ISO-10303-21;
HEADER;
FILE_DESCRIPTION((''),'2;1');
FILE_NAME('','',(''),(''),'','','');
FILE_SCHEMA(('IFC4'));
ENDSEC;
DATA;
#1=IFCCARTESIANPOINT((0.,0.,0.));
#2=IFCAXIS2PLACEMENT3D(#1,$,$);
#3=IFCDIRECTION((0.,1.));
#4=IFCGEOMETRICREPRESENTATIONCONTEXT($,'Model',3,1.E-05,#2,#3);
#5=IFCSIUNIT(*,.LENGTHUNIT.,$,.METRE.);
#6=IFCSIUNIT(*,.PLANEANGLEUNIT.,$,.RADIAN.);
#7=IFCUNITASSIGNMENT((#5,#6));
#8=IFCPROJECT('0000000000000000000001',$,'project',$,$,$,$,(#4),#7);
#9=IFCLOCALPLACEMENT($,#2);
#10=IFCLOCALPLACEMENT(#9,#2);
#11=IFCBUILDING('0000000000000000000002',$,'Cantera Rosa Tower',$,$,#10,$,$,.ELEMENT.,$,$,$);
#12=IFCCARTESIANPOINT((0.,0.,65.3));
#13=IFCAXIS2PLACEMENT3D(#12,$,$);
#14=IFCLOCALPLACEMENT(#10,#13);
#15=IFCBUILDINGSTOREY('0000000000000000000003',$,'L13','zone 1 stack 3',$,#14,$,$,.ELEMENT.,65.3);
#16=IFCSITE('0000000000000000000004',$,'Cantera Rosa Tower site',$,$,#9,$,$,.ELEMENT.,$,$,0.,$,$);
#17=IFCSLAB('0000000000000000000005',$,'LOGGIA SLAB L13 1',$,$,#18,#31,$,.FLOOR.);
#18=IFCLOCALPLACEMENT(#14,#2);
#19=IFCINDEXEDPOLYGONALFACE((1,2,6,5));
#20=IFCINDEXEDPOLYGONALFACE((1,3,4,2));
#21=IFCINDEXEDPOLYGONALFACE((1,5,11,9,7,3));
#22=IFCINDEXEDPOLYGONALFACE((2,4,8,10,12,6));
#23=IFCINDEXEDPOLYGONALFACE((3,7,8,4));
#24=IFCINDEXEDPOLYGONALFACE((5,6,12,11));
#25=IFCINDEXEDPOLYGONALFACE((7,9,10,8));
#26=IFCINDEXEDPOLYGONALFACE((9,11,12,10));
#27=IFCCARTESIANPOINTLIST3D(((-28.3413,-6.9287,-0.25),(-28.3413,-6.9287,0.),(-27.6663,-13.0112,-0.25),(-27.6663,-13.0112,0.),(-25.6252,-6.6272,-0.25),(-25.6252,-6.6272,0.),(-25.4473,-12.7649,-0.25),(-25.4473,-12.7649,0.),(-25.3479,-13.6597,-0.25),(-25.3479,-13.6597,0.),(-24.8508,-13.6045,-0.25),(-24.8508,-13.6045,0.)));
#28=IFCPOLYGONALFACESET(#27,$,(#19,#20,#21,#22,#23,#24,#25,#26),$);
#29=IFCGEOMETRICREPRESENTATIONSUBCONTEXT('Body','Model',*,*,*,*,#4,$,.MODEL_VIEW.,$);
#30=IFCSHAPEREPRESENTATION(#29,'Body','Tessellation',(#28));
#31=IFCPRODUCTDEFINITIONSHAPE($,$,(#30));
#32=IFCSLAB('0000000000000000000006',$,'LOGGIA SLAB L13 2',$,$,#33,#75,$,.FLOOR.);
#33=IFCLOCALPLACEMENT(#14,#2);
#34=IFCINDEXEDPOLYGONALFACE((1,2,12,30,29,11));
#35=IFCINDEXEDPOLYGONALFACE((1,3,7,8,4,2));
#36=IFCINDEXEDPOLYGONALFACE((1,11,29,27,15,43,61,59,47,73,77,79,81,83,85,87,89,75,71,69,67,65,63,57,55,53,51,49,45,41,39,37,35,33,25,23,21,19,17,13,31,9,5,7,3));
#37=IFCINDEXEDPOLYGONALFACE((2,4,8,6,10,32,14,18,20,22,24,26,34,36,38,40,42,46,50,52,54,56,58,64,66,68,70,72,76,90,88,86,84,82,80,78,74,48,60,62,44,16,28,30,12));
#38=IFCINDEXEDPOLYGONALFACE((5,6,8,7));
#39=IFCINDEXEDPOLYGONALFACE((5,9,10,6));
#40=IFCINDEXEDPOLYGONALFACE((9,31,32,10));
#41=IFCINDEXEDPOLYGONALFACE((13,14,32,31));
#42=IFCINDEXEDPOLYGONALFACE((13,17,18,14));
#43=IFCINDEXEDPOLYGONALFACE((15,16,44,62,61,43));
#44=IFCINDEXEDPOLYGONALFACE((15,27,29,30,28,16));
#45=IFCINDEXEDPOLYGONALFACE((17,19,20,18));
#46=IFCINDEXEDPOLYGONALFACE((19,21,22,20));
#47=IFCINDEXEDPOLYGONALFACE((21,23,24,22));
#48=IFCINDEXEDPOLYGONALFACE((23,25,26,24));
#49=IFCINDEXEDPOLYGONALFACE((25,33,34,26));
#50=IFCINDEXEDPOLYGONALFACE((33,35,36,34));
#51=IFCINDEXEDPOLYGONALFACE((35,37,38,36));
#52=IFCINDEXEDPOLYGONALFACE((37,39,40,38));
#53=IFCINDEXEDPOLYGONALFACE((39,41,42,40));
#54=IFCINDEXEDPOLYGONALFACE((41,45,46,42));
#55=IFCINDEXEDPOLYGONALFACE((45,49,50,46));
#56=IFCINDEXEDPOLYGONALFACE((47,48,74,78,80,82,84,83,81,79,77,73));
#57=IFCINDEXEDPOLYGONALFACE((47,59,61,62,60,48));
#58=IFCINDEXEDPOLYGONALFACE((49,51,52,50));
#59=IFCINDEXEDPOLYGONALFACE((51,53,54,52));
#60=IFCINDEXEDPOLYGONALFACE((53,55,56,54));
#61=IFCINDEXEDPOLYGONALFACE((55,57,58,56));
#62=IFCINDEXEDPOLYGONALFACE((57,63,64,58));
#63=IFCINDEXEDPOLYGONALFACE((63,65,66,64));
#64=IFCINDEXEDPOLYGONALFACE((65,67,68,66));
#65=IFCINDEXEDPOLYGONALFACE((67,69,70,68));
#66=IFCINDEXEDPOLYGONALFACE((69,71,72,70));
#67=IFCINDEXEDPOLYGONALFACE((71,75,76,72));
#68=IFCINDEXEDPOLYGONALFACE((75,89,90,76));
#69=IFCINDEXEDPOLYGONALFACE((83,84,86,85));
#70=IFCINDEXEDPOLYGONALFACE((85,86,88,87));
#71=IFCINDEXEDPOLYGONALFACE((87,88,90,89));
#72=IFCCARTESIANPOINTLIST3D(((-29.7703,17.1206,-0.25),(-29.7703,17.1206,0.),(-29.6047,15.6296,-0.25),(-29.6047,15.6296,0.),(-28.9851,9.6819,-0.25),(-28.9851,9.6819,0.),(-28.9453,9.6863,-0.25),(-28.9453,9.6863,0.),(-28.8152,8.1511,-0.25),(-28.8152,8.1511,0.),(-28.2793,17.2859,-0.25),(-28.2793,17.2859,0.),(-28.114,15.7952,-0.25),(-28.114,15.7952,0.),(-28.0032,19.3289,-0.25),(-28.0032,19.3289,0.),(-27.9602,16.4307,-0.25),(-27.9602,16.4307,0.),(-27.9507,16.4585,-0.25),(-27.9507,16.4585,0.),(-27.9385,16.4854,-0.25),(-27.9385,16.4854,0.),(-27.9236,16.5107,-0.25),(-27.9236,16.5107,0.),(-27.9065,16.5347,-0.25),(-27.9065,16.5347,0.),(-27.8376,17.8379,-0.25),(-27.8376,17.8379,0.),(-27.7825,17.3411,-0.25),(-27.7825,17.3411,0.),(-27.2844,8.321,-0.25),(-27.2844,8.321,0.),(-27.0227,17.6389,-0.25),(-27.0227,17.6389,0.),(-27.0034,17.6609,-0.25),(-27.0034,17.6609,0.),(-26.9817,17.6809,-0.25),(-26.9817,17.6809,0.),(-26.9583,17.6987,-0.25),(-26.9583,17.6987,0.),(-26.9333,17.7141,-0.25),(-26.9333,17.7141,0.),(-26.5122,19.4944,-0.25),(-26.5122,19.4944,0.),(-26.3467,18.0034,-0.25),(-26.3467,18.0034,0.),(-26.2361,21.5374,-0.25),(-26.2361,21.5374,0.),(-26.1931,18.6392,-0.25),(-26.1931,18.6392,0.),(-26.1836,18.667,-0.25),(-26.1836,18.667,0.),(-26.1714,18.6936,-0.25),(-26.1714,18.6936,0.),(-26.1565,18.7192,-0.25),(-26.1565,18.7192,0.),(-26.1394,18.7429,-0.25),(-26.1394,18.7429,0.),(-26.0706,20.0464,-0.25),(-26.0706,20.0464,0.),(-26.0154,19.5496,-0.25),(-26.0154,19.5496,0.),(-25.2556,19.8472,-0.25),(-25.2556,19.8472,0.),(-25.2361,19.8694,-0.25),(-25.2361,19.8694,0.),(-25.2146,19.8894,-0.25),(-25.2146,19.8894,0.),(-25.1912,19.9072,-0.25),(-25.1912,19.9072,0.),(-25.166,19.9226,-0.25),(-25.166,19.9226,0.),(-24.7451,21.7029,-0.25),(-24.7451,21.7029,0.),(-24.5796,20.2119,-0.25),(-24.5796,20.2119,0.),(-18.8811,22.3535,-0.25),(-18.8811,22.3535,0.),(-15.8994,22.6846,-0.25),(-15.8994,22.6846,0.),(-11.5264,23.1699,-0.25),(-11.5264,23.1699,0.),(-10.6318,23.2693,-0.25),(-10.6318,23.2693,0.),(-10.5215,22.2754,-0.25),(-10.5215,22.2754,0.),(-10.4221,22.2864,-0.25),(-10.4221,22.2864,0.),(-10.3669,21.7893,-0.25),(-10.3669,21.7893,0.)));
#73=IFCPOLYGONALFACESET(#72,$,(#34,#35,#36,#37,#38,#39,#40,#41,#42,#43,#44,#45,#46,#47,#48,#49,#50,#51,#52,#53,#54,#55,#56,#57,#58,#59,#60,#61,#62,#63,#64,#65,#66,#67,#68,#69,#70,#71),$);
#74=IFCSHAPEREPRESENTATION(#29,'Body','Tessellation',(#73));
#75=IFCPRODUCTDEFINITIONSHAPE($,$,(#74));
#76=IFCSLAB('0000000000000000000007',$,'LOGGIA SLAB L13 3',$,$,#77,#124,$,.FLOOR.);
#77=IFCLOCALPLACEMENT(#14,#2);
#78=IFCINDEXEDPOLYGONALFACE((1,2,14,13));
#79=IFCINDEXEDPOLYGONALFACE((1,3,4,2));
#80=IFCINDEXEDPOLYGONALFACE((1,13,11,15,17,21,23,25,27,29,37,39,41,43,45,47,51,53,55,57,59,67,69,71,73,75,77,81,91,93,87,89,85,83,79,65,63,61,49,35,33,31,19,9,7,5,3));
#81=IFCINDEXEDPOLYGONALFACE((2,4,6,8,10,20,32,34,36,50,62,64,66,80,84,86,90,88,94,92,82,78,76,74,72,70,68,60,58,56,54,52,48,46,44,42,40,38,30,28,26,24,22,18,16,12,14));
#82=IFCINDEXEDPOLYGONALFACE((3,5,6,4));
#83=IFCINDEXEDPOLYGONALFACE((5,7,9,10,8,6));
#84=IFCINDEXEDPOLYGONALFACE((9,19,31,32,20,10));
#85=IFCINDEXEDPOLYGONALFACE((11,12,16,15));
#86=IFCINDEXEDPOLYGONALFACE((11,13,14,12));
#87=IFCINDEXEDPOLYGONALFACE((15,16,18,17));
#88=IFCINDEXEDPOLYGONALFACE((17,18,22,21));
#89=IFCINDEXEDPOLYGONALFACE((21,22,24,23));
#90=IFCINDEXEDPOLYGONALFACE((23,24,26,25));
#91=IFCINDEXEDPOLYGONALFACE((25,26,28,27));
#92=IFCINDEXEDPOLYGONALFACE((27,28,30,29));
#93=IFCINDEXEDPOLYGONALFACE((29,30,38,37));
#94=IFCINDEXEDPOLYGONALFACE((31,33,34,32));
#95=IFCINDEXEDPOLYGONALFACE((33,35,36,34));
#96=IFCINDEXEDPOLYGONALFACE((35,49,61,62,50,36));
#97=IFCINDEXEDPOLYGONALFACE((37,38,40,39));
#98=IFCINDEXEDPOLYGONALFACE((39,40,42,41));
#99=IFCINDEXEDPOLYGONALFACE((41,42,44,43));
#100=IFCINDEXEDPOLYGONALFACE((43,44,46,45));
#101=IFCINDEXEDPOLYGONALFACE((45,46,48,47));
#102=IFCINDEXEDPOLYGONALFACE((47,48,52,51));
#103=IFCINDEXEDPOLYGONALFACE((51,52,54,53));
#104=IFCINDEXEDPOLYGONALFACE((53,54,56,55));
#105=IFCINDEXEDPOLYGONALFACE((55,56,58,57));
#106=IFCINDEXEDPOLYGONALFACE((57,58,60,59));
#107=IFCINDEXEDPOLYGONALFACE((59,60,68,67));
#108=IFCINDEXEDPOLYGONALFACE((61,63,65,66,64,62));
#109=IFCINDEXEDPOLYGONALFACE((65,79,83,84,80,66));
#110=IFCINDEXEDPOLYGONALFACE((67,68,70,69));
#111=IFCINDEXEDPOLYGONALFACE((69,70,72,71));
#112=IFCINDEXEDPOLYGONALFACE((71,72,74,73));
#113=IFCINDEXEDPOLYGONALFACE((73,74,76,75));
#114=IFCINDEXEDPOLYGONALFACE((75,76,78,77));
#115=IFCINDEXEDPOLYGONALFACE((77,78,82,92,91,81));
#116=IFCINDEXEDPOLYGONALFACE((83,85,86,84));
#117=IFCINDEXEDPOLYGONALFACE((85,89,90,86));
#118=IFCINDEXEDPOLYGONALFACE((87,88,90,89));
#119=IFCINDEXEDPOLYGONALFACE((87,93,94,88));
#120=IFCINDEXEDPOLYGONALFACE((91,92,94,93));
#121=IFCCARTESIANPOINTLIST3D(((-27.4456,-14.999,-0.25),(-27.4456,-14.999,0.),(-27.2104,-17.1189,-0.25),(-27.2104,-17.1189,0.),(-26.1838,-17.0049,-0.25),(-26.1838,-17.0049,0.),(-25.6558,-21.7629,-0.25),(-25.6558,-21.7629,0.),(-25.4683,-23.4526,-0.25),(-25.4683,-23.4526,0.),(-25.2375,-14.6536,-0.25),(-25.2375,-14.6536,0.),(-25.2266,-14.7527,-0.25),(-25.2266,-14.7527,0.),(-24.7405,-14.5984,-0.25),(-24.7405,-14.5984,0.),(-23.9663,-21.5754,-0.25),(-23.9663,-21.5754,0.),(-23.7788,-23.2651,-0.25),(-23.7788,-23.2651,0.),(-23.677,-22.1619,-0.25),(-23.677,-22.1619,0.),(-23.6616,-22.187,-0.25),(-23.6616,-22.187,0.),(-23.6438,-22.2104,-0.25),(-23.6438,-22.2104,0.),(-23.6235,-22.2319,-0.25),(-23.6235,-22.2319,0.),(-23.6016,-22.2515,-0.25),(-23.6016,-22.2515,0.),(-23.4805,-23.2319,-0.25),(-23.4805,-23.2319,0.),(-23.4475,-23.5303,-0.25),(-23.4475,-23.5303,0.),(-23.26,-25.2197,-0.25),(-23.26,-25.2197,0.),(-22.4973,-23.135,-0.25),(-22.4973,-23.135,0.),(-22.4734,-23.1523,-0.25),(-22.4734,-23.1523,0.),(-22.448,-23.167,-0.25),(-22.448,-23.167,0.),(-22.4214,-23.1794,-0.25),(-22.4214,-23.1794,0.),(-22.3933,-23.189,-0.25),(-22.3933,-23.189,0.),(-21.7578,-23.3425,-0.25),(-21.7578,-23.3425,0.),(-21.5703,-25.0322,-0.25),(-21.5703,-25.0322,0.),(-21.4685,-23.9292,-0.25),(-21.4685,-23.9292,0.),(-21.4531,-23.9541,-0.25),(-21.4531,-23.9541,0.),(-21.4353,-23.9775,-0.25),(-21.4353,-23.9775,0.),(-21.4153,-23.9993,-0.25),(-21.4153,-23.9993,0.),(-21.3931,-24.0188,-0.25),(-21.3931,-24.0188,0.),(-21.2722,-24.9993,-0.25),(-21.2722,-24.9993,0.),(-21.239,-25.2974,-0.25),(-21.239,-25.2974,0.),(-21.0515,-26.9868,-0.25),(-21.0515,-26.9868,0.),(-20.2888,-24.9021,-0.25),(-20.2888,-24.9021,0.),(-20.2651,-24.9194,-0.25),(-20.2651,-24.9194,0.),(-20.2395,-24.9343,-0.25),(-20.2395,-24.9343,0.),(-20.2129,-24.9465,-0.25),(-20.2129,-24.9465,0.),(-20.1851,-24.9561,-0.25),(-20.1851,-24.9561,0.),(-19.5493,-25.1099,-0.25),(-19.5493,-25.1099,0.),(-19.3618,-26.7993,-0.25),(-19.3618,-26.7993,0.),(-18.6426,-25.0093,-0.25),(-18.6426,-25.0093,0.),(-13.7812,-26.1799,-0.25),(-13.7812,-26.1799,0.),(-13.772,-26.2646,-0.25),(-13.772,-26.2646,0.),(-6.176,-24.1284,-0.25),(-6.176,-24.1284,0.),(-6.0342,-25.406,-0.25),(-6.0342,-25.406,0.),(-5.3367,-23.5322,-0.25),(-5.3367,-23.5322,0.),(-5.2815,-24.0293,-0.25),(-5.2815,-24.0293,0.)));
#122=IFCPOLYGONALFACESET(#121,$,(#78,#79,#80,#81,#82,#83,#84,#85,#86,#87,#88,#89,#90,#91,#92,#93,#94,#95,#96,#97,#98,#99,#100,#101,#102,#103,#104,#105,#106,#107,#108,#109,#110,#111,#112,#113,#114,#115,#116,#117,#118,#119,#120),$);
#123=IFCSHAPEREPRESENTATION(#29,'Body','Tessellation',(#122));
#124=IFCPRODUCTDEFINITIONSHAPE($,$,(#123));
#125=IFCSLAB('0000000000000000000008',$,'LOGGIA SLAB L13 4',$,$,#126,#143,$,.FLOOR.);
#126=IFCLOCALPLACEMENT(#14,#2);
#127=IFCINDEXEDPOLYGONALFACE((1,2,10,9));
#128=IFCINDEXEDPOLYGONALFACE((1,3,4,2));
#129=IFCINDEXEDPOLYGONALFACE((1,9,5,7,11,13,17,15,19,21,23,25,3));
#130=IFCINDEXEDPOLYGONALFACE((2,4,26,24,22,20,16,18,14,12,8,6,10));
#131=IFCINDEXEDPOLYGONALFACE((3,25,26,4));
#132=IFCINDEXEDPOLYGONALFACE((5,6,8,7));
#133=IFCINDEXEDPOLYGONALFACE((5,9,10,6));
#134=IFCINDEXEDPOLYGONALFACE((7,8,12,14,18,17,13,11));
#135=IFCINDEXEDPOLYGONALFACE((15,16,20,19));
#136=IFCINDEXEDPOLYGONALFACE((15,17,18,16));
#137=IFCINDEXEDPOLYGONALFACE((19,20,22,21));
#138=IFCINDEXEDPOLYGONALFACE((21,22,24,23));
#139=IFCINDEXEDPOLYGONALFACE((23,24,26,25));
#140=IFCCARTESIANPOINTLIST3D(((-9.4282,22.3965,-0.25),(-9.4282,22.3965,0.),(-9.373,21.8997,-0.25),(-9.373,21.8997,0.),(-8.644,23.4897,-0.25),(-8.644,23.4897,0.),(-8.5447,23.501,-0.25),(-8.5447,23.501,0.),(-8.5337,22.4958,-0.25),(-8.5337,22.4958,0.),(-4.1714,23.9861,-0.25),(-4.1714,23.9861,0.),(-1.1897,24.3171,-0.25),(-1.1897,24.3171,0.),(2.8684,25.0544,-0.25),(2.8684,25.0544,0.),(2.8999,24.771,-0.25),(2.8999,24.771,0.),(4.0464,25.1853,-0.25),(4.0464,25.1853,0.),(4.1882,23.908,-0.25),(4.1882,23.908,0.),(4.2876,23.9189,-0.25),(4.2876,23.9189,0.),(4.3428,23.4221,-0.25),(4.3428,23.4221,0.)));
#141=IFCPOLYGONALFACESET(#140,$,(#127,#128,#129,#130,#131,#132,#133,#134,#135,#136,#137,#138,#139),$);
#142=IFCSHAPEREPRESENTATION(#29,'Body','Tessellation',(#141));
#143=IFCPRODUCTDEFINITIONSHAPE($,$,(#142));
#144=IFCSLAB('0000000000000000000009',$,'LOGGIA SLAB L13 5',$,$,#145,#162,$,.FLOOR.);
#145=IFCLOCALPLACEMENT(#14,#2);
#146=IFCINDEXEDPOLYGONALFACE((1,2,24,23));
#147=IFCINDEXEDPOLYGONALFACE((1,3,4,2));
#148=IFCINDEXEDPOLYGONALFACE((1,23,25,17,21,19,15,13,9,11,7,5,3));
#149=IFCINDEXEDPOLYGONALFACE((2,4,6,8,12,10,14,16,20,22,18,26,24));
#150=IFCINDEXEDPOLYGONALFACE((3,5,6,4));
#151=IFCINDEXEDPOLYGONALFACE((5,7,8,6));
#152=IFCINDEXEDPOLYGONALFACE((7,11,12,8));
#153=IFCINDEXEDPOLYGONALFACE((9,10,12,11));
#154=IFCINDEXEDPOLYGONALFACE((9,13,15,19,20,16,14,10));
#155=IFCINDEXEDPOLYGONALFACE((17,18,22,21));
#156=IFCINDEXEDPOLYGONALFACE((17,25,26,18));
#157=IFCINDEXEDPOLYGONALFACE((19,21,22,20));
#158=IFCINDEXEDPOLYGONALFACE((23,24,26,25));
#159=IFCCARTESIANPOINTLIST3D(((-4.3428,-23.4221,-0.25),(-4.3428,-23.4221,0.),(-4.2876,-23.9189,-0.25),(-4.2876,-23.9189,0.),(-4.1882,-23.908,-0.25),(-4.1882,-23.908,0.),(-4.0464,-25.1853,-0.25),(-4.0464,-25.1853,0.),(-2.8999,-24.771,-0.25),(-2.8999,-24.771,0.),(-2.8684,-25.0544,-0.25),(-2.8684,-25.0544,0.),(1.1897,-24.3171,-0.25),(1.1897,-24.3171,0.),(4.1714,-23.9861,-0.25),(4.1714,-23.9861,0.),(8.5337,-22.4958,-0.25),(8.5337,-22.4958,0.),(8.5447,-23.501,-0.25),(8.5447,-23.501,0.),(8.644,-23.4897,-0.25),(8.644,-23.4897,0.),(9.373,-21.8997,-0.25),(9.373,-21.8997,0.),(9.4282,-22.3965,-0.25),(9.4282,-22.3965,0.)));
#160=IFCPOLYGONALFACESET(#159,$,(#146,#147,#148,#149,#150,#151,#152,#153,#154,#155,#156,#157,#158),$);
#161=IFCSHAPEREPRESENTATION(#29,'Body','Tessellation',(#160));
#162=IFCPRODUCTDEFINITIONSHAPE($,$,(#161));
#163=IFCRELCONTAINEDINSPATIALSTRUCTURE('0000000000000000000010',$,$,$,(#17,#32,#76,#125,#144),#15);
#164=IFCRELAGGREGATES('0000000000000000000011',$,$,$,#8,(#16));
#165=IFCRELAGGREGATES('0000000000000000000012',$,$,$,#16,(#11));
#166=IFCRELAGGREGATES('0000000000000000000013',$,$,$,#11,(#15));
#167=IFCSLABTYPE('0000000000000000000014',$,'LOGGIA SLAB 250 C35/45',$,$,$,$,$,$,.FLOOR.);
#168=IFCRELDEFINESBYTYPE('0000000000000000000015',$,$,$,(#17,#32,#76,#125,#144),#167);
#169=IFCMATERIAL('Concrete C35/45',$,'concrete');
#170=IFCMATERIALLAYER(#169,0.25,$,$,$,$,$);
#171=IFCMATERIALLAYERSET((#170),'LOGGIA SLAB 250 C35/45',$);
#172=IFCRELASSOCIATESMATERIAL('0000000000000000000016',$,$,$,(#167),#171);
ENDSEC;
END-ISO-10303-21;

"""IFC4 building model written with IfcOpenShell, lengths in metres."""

from ifc_helpers import new_model, si_unit, direction, frame, origin, place, context, subcontext, project, spatial, polyline, outline, extrude, material, layer, layer_set, type_object, element, save


model = new_model("IFC4")

# Units and contexts
model_context = context("Model", 3, precision=1e-05, world=origin(), true_north=direction((0.0, 1.0)))
body_context = subcontext(model_context, "Body", "Model", "MODEL_VIEW")
ifc_project = project(units=[si_unit("LENGTHUNIT", "METRE"), si_unit("PLANEANGLEUNIT", "RADIAN")], contexts=[model_context])

# Site, building, storey
site_placement = place(None, origin())
site = spatial("IfcSite", under=ifc_project, at=site_placement, Name="Cantera Rosa Tower site", CompositionType="ELEMENT", RefElevation=0.0)
building_placement = place(site_placement, origin())
building = spatial("IfcBuilding", under=site, at=building_placement, Name="Cantera Rosa Tower", CompositionType="ELEMENT")
storey_placement = place(building_placement, frame((0.0, 0.0, 65.3)))
storey = spatial("IfcBuildingStorey", under=building, at=storey_placement, Name="L13", Description="zone 1 stack 3", CompositionType="ELEMENT", Elevation=65.3)

# Slabs
ifc_material_1 = material(Name="Concrete C35/45", Category="concrete")
ifc_layer_1 = layer(ifc_material_1, 0.25)
ifc_layer_set_1 = layer_set([ifc_layer_1], Name="LOGGIA SLAB 250 C35/45")
slab_type_1 = type_object("IfcSlabType", Name="LOGGIA SLAB 250 C35/45", PredefinedType="FLOOR", material=ifc_layer_set_1)
slab_1_placement = place(storey_placement, frame((0.0, 0.0, -0.25)))
element("IfcSlab", 1, at=slab_1_placement, inside=storey, type_object=slab_type_1, Name="LOGGIA SLAB L13 1", PredefinedType="FLOOR", context=body_context, shape_type="SweptSolid", body=[
    extrude(outline(polyline([(-28.3413, -6.9287), (-25.6252, -6.6272), (-24.8508, -13.6045), (-25.3479, -13.6597), (-25.4473, -12.7649), (-27.6663, -13.0112), (-28.3413, -6.9287)])), origin(), (0.0, 0.0, 1.0), 0.25),
])
slab_2_placement = place(storey_placement, frame((0.0, 0.0, -0.25)))
element("IfcSlab", 2, at=slab_2_placement, inside=storey, type_object=slab_type_1, Name="LOGGIA SLAB L13 2", PredefinedType="FLOOR", context=body_context, shape_type="SweptSolid", body=[
    extrude(outline(polyline([(-28.2793, 17.2859), (-27.7825, 17.3411), (-27.8376, 17.8379), (-28.0032, 19.3289), (-26.5122, 19.4944), (-26.0154, 19.5496), (-26.0706, 20.0464), (-26.2361, 21.5374), (-24.7451, 21.7029), (-18.8811, 22.3535), (-15.8994, 22.6846), (-11.5264, 23.1699), (-10.6318, 23.2693), (-10.5215, 22.2754), (-10.4221, 22.2864), (-10.3669, 21.7893), (-24.5796, 20.2119), (-25.166, 19.9226), (-25.1912, 19.9072), (-25.2146, 19.8894), (-25.2361, 19.8694), (-25.2556, 19.8472), (-26.1394, 18.7429), (-26.1565, 18.7192), (-26.1714, 18.6936), (-26.1836, 18.667), (-26.1931, 18.6392), (-26.3467, 18.0034), (-26.9333, 17.7141), (-26.9583, 17.6987), (-26.9817, 17.6809), (-27.0034, 17.6609), (-27.0227, 17.6389), (-27.9065, 16.5347), (-27.9236, 16.5107), (-27.9385, 16.4854), (-27.9507, 16.4585), (-27.9602, 16.4307), (-28.114, 15.7952), (-27.2844, 8.321), (-28.8152, 8.1511), (-28.9851, 9.6819), (-28.9453, 9.6863), (-29.6047, 15.6296), (-29.7703, 17.1206), (-28.2793, 17.2859)])), origin(), (0.0, 0.0, 1.0), 0.25),
])
slab_3_placement = place(storey_placement, frame((0.0, 0.0, -0.25)))
element("IfcSlab", 3, at=slab_3_placement, inside=storey, type_object=slab_type_1, Name="LOGGIA SLAB L13 3", PredefinedType="FLOOR", context=body_context, shape_type="SweptSolid", body=[
    extrude(outline(polyline([(-21.2722, -24.9993), (-21.5703, -25.0322), (-23.26, -25.2197), (-23.4475, -23.5303), (-23.4805, -23.2319), (-23.7788, -23.2651), (-25.4683, -23.4526), (-25.6558, -21.7629), (-26.1838, -17.0049), (-27.2104, -17.1189), (-27.4456, -14.999), (-25.2266, -14.7527), (-25.2375, -14.6536), (-24.7405, -14.5984), (-23.9663, -21.5754), (-23.677, -22.1619), (-23.6616, -22.187), (-23.6438, -22.2104), (-23.6235, -22.2319), (-23.6016, -22.2515), (-22.4973, -23.135), (-22.4734, -23.1523), (-22.448, -23.167), (-22.4214, -23.1794), (-22.3933, -23.189), (-21.7578, -23.3425), (-21.4685, -23.9292), (-21.4531, -23.9541), (-21.4353, -23.9775), (-21.4153, -23.9993), (-21.3931, -24.0188), (-20.2888, -24.9021), (-20.2651, -24.9194), (-20.2395, -24.9343), (-20.2129, -24.9465), (-20.1851, -24.9561), (-19.5493, -25.1099), (-18.6426, -25.0093), (-5.3367, -23.5322), (-5.2815, -24.0293), (-6.176, -24.1284), (-6.0342, -25.406), (-13.772, -26.2646), (-13.7812, -26.1799), (-19.3618, -26.7993), (-21.0515, -26.9868), (-21.239, -25.2974), (-21.2722, -24.9993)])), origin(), (0.0, 0.0, 1.0), 0.25),
])
slab_4_placement = place(storey_placement, frame((0.0, 0.0, -0.25)))
element("IfcSlab", 4, at=slab_4_placement, inside=storey, type_object=slab_type_1, Name="LOGGIA SLAB L13 4", PredefinedType="FLOOR", context=body_context, shape_type="SweptSolid", body=[
    extrude(outline(polyline([(4.0464, 25.1853), (4.1882, 23.908), (4.2876, 23.9189), (4.3428, 23.4221), (-9.373, 21.8997), (-9.4282, 22.3965), (-8.5337, 22.4958), (-8.644, 23.4897), (-8.5447, 23.501), (-4.1714, 23.9861), (-1.1897, 24.3171), (2.8999, 24.771), (2.8684, 25.0544), (4.0464, 25.1853)])), origin(), (0.0, 0.0, 1.0), 0.25),
])
slab_5_placement = place(storey_placement, frame((0.0, 0.0, -0.25)))
element("IfcSlab", 5, at=slab_5_placement, inside=storey, type_object=slab_type_1, Name="LOGGIA SLAB L13 5", PredefinedType="FLOOR", context=body_context, shape_type="SweptSolid", body=[
    extrude(outline(polyline([(9.373, -21.8997), (9.4282, -22.3965), (8.5337, -22.4958), (8.644, -23.4897), (8.5447, -23.501), (4.1714, -23.9861), (1.1897, -24.3171), (-2.8999, -24.771), (-2.8684, -25.0544), (-4.0464, -25.1853), (-4.1882, -23.908), (-4.2876, -23.9189), (-4.3428, -23.4221), (9.373, -21.8997)])), origin(), (0.0, 0.0, 1.0), 0.25),
])

save(model, "model.ifc")
